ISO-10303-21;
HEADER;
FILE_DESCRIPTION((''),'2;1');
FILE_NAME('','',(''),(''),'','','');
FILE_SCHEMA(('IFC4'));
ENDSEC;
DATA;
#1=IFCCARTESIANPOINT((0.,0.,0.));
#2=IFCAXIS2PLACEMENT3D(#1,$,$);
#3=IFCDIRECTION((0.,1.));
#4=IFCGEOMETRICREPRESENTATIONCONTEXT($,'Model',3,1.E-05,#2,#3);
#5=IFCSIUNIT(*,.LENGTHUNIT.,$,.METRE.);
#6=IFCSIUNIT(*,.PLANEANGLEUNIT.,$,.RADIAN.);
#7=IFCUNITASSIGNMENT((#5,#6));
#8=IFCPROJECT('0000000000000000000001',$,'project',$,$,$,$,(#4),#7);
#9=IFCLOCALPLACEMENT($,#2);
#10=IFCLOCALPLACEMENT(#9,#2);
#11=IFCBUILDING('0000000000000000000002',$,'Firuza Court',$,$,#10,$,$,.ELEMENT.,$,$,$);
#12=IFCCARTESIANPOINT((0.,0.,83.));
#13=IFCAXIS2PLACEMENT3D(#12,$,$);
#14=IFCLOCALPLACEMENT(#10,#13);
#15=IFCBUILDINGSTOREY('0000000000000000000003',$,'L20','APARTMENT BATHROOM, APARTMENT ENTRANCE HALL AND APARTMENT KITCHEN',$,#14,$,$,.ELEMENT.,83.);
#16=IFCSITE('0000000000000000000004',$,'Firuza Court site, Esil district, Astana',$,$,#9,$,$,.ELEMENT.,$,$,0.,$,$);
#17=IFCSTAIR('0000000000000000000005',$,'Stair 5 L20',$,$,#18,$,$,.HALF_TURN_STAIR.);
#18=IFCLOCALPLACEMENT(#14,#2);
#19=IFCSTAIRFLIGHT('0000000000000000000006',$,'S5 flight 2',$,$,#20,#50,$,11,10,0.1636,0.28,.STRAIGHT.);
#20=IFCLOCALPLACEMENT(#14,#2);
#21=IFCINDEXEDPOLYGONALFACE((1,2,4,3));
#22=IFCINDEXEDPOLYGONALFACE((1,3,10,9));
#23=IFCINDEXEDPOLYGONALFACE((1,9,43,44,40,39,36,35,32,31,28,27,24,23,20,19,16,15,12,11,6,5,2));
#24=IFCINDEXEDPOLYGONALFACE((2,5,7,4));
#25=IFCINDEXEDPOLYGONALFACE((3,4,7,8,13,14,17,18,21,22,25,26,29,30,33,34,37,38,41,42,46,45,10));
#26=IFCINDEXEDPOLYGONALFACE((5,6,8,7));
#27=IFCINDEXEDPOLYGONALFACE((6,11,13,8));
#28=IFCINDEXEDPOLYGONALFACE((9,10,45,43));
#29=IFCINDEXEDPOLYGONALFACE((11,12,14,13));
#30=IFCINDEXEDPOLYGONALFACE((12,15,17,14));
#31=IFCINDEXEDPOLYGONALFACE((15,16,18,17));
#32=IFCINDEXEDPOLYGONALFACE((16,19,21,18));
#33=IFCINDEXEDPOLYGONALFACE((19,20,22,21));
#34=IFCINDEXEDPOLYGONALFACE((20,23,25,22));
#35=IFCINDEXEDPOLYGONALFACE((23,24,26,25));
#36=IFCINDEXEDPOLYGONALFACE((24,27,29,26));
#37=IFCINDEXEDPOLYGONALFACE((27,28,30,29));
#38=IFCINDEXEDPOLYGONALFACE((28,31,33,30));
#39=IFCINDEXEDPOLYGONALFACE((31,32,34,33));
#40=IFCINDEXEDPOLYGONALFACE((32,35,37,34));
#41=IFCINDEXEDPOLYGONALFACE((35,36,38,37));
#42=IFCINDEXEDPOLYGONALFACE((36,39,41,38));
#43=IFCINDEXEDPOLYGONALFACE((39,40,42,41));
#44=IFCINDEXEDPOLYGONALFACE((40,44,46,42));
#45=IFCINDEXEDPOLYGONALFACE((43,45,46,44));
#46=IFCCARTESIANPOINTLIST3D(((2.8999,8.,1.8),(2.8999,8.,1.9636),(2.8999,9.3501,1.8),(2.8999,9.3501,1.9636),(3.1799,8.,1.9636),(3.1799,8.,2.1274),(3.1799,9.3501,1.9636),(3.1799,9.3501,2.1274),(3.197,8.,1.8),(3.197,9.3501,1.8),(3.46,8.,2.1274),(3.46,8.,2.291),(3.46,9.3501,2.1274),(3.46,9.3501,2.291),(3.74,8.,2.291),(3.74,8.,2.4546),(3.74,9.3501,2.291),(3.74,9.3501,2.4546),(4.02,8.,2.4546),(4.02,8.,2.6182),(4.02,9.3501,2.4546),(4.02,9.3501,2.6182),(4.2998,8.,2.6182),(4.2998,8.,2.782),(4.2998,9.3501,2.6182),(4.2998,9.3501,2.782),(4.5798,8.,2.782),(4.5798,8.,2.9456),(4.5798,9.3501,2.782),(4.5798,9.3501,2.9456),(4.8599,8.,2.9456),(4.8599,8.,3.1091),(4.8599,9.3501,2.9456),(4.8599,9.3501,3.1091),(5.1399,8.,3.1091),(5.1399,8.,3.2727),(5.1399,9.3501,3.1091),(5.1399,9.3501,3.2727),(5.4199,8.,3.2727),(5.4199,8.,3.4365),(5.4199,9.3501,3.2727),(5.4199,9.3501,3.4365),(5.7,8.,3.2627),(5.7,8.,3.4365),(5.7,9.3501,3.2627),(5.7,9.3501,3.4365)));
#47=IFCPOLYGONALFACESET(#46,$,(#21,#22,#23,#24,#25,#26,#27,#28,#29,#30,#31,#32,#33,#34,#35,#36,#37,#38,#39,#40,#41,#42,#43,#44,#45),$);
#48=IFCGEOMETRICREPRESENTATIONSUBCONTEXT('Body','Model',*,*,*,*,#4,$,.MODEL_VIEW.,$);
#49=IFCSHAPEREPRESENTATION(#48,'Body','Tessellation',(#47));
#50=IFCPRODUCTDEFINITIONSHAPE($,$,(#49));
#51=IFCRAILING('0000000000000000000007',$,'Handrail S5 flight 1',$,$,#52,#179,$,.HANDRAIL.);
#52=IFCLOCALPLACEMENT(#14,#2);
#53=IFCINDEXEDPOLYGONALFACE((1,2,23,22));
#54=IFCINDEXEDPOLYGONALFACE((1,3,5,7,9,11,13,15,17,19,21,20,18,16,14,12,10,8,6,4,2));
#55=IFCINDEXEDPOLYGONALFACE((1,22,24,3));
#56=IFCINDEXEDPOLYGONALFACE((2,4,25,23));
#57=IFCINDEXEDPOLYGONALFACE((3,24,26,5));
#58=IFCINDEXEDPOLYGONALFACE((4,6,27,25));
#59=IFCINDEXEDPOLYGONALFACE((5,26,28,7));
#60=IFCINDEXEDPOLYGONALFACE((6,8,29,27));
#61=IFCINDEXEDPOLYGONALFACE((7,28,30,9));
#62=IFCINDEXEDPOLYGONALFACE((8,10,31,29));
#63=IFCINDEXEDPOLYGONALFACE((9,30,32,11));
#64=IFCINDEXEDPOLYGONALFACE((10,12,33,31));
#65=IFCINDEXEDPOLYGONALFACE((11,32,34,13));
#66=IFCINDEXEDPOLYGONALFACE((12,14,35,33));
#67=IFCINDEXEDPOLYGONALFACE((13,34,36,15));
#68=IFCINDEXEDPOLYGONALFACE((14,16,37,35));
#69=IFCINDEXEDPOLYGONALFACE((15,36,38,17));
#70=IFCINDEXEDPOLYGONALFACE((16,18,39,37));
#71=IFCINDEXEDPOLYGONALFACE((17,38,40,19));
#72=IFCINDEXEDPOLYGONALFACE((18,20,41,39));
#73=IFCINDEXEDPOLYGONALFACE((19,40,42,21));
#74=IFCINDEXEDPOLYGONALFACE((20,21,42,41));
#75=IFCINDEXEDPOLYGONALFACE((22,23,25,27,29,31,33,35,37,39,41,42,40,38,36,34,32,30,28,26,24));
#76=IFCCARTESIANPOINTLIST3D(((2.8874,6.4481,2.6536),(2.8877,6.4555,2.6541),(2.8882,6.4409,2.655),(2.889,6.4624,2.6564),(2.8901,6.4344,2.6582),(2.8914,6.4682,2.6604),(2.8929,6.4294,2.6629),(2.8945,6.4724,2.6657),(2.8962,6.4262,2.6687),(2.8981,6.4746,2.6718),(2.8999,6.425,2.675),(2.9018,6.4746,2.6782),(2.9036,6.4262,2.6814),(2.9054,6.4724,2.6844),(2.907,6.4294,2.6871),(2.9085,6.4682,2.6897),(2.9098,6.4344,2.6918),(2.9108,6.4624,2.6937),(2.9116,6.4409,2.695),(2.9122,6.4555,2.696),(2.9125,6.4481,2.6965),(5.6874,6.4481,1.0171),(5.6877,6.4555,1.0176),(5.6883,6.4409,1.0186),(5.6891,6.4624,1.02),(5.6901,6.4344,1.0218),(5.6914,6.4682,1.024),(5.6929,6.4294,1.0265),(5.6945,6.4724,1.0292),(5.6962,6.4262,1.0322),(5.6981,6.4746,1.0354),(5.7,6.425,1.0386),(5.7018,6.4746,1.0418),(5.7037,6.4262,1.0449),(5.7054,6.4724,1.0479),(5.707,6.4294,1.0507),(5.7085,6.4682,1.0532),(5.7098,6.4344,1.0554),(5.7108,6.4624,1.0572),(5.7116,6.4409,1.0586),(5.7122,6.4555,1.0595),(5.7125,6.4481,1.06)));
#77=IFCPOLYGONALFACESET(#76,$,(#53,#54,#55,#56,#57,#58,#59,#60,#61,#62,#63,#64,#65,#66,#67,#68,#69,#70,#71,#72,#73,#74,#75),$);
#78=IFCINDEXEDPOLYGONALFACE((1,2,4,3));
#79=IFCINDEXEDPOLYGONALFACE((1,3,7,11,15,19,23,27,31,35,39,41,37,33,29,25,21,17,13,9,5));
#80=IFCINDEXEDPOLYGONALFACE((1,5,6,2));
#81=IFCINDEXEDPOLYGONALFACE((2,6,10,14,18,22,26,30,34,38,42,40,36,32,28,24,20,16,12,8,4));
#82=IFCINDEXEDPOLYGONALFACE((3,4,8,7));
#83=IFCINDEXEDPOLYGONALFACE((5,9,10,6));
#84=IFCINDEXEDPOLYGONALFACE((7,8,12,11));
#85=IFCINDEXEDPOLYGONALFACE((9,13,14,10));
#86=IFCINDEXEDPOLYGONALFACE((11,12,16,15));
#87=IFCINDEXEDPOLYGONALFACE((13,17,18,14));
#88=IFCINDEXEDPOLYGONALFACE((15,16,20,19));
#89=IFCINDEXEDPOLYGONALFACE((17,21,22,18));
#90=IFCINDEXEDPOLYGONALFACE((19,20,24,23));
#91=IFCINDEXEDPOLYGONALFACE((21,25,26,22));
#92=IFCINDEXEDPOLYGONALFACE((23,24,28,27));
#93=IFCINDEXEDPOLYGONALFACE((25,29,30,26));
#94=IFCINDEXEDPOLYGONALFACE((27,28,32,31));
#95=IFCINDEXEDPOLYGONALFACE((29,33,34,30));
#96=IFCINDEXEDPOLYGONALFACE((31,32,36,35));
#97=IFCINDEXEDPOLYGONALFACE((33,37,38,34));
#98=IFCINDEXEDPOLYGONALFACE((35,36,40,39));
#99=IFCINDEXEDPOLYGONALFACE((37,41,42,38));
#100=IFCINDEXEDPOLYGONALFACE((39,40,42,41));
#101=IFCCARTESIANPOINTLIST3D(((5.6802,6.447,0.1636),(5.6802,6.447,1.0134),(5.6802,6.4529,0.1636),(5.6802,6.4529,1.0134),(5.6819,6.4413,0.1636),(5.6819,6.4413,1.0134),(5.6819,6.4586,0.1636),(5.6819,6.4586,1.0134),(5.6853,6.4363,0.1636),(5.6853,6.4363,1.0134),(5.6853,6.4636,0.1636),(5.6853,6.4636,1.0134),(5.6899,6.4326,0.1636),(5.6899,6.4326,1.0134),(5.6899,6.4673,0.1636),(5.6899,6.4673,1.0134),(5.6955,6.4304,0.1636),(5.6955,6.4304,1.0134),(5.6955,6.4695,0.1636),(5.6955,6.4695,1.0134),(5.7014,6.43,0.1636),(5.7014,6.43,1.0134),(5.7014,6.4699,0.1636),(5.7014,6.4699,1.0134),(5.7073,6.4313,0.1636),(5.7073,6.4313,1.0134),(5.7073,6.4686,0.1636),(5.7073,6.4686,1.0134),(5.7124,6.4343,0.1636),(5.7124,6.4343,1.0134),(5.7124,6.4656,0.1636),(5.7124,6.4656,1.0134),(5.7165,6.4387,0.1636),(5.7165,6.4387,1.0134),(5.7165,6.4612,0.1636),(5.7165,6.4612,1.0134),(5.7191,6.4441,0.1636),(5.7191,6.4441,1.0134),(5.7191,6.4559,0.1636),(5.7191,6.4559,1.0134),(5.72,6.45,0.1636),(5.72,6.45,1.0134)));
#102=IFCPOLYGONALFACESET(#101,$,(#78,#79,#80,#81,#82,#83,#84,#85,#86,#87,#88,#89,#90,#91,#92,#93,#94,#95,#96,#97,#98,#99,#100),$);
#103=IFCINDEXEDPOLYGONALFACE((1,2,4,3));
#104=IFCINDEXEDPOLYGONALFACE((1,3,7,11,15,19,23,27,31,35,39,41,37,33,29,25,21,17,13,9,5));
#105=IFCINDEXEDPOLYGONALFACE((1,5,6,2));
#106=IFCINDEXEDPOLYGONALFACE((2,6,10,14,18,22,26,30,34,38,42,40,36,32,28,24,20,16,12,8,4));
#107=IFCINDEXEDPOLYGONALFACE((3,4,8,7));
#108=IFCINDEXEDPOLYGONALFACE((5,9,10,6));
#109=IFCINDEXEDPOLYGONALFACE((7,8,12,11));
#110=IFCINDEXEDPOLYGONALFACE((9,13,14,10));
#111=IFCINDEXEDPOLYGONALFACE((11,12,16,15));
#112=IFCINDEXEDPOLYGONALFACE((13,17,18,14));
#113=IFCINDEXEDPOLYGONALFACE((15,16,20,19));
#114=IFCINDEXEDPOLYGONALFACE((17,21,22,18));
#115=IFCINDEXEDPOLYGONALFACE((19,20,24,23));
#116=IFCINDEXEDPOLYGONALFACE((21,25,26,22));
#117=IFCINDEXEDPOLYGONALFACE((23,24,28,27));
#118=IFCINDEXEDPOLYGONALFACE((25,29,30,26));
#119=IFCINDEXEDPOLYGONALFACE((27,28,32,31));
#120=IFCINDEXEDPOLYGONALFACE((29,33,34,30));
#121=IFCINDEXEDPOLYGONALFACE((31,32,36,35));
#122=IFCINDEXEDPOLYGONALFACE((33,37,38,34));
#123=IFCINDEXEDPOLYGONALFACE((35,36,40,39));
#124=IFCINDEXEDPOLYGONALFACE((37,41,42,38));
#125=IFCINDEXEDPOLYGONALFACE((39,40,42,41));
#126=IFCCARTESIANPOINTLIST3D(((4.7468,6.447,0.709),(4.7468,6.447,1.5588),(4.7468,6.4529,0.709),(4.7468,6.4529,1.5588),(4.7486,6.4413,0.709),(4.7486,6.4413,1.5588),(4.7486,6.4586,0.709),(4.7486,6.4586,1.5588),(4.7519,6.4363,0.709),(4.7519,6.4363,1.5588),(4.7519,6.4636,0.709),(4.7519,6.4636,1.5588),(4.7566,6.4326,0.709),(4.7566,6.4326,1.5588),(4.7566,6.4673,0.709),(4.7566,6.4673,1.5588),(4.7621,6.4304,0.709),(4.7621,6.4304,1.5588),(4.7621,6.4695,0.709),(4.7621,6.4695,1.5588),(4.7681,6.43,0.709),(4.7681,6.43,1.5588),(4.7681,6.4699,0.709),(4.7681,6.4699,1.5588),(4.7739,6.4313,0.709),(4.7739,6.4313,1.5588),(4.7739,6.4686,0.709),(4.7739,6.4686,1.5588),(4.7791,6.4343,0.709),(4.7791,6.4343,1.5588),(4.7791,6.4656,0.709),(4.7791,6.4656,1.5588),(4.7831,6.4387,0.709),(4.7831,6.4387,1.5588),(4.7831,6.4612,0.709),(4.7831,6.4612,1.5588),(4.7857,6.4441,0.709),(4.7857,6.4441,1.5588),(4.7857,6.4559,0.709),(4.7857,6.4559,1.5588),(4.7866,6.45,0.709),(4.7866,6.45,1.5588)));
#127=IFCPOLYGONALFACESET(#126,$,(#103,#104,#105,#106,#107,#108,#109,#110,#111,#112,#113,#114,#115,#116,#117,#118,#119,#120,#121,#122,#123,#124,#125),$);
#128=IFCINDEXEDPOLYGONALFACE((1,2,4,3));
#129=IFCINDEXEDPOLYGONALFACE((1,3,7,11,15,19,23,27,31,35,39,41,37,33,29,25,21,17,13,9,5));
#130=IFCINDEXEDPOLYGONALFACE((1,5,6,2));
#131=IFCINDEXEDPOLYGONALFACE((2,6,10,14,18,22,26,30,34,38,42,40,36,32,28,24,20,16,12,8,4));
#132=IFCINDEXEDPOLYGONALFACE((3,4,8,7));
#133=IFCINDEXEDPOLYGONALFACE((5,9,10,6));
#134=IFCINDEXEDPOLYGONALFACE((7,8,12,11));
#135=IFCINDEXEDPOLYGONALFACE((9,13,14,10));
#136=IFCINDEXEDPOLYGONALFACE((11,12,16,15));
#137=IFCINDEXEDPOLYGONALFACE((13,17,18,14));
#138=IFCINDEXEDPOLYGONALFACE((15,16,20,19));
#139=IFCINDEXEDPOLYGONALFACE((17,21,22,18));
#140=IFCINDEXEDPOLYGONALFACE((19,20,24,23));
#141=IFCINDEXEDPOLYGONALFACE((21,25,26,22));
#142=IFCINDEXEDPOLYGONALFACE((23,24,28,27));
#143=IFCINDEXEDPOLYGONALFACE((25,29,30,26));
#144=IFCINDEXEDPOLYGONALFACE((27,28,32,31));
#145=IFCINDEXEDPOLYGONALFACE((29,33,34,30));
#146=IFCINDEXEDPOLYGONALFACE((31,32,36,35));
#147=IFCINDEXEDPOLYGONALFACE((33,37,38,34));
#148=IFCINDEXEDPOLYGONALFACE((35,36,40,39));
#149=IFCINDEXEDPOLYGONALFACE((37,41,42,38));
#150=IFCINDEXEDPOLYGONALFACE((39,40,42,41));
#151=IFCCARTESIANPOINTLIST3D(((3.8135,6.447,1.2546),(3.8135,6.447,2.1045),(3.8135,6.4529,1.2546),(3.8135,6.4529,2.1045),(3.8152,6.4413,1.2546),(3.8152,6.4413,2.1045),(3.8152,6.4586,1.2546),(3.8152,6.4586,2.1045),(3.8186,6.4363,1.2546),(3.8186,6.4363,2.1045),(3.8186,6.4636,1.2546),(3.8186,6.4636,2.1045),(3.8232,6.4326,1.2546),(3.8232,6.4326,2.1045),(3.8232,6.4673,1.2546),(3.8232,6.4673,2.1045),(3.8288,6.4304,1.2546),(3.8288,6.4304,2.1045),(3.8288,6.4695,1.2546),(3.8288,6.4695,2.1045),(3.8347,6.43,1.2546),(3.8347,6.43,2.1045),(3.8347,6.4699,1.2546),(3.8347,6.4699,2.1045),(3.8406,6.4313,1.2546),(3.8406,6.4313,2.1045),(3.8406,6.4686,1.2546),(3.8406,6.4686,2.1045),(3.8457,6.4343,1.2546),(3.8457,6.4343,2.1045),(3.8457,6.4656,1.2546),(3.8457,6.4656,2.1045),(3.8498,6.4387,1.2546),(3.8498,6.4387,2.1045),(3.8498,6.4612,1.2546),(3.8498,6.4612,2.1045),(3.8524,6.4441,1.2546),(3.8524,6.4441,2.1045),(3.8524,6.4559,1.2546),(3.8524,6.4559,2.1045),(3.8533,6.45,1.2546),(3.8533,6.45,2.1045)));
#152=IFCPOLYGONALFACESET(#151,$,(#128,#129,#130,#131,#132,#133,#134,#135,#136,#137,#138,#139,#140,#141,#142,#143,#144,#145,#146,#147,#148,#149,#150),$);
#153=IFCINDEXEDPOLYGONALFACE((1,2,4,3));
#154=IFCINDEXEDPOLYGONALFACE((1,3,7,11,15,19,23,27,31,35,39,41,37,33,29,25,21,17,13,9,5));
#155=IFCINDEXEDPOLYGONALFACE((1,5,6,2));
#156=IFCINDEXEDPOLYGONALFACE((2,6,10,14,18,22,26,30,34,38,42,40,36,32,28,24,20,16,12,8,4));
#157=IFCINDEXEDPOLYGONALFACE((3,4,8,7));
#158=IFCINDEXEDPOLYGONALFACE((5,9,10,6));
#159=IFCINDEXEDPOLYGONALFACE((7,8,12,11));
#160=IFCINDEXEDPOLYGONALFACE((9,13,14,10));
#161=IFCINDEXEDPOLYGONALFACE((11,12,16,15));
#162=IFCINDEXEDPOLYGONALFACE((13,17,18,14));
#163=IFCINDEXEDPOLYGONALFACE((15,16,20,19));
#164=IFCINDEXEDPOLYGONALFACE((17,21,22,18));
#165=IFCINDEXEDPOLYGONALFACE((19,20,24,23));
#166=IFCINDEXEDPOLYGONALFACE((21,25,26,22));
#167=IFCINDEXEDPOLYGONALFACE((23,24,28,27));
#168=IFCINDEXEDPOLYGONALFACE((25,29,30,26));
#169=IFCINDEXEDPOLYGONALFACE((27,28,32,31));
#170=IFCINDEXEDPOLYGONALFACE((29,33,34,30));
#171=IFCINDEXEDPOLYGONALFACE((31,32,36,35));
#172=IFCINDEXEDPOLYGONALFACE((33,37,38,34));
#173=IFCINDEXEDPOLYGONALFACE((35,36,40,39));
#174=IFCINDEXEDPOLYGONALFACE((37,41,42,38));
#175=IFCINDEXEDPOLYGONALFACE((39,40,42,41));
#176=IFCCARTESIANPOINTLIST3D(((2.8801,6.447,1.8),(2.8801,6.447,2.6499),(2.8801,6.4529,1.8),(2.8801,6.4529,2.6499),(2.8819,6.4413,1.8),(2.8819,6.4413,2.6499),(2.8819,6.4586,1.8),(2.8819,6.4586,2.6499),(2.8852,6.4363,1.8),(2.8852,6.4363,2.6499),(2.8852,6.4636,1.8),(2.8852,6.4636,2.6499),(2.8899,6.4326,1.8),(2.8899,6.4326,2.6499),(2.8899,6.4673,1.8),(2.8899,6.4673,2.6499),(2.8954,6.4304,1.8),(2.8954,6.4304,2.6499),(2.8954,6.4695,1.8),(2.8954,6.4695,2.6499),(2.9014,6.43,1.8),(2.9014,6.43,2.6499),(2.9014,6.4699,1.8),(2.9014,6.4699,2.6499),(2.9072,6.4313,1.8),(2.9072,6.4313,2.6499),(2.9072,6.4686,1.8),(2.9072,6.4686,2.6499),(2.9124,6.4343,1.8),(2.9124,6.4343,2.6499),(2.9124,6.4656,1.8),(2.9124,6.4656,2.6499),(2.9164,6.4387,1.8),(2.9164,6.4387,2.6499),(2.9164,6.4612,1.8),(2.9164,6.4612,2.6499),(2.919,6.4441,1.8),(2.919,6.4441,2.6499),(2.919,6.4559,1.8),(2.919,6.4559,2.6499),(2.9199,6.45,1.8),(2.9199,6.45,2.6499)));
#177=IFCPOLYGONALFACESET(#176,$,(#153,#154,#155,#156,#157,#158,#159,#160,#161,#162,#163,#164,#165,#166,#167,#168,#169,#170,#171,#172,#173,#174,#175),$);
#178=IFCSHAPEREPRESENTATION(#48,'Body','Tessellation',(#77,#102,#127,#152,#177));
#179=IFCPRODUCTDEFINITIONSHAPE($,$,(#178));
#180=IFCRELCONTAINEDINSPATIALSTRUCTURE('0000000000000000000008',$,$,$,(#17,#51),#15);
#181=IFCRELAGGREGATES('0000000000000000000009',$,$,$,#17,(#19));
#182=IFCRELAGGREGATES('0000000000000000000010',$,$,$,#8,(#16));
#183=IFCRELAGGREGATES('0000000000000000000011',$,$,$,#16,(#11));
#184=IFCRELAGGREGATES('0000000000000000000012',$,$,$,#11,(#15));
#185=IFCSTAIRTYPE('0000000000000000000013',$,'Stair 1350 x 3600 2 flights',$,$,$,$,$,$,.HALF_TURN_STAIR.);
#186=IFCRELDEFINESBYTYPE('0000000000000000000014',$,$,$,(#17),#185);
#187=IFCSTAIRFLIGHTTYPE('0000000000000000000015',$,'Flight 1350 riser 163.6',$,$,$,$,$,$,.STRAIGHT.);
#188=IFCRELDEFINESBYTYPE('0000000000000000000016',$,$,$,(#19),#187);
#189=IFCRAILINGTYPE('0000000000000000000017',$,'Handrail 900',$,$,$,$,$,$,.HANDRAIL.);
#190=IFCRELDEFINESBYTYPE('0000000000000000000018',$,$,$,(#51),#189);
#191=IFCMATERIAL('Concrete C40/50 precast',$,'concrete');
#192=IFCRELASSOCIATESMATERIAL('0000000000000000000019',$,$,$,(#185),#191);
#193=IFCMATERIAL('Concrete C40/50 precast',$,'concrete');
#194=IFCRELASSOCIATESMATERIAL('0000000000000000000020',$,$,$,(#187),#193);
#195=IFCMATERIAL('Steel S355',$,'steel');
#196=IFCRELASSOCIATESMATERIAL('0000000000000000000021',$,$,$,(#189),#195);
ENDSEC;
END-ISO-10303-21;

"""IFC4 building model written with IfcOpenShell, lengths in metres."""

from ifc_helpers import new_model, si_unit, direction, frame, origin, origin_2d, place, context, subcontext, project, spatial, polyline, circle, outline, extrude, material, type_object, element, aggregate, save


model = new_model("IFC4")

# Units and contexts
model_context = context("Model", 3, precision=1e-05, world=origin(), true_north=direction((0.0, 1.0)))
body_context = subcontext(model_context, "Body", "Model", "MODEL_VIEW")
ifc_project = project(units=[si_unit("LENGTHUNIT", "METRE"), si_unit("PLANEANGLEUNIT", "RADIAN")], contexts=[model_context])

# Site, building, storey
site_placement = place(None, origin())
site = spatial("IfcSite", under=ifc_project, at=site_placement, Name="Firuza Court site, Esil district, Astana", CompositionType="ELEMENT", RefElevation=0.0)
building_placement = place(site_placement, origin())
building = spatial("IfcBuilding", under=site, at=building_placement, Name="Firuza Court", CompositionType="ELEMENT")
storey_placement = place(building_placement, frame((0.0, 0.0, 83.0)))
storey = spatial("IfcBuildingStorey", under=building, at=storey_placement, Name="L20", Description="APARTMENT BATHROOM, APARTMENT ENTRANCE HALL AND APARTMENT KITCHEN", CompositionType="ELEMENT", Elevation=83.0)

# Stair, stair flight
ifc_material_1 = material(Name="Concrete C40/50 precast", Category="concrete")
stair_type = type_object("IfcStairType", Name="Stair 1350 x 3600 2 flights", PredefinedType="HALF_TURN_STAIR", material=ifc_material_1)
stair_placement = place(storey_placement, origin())
stair = element("IfcStair", 1, at=stair_placement, inside=storey, type_object=stair_type, Name="Stair 5 L20", PredefinedType="HALF_TURN_STAIR")
ifc_material_2 = material(Name="Concrete C40/50 precast", Category="concrete")
stair_flight_type = type_object("IfcStairFlightType", Name="Flight 1350 riser 163.6", PredefinedType="STRAIGHT", material=ifc_material_2)
stair_flight_1_placement = place(storey_placement, frame((2.8999, 8.675, 1.8), z_axis=(0.0, 0.0, 1.0), x_axis=(1.0, 0.0, 0.0)))
stair_flight_1 = element("IfcStairFlight", 2, at=stair_flight_1_placement, type_object=stair_flight_type, Name="S5 flight 2", NumberOfRisers=11, NumberOfTreads=10, PredefinedType="STRAIGHT", RiserHeight=0.1636, TreadLength=0.28, context=body_context, shape_type="SweptSolid", body=[
    extrude(outline(polyline([(0.0, 0.0), (0.0, 0.1636), (0.28, 0.1636), (0.28, 0.3274), (0.5601, 0.3274), (0.5601, 0.491), (0.8401, 0.491), (0.8401, 0.6545), (1.1201, 0.6545), (1.1201, 0.8181), (1.3999, 0.8181), (1.3999, 0.9819), (1.6799, 0.9819), (1.6799, 1.1455), (1.96, 1.1455), (1.96, 1.3091), (2.24, 1.3091), (2.24, 1.4727), (2.52, 1.4727), (2.52, 1.6365), (2.8, 1.6365), (2.8, 1.8), (2.8, 1.4626), (0.2971, 0.0), (0.0, 0.0)])), frame((0.0, 0.675, 0.0), z_axis=(0.0, -1.0, 0.0), x_axis=(1.0, 0.0, 0.0)), (0.0, 0.0, 1.0), 1.3501),
])
aggregate(stair, [stair_flight_1])

# Railing
ifc_material_3 = material(Name="Steel S355", Category="steel")
railing_type_1 = type_object("IfcRailingType", Name="Handrail 900", PredefinedType="HANDRAIL", material=ifc_material_3)
railing_1_placement = place(storey_placement, frame((5.7, 6.45, 0.1636)))
element("IfcRailing", 3, at=railing_1_placement, inside=storey, type_object=railing_type_1, Name="Handrail S5 flight 1", PredefinedType="HANDRAIL", context=body_context, shape_type="SweptSolid", body=[
    extrude(circle(Radius=0.0249, at=origin_2d()), frame((0.0, 0.0, 0.875), z_axis=(-0.863361, 0.0, 0.504587), x_axis=(0.0, -1.0, 0.0)), (0.0, 0.0, 1.0), 3.2432),
    extrude(circle(Radius=0.02, at=origin_2d()), origin(), (0.0, 0.0, 1.0), 0.8499),
    extrude(circle(Radius=0.02, at=origin_2d()), frame((-0.9333, 0.0, 0.5454)), (0.0, 0.0, 1.0), 0.8499),
    extrude(circle(Radius=0.02, at=origin_2d()), frame((-1.8667, 0.0, 1.0911)), (0.0, 0.0, 1.0), 0.8499),
    extrude(circle(Radius=0.02, at=origin_2d()), frame((-2.8, 0.0, 1.6365)), (0.0, 0.0, 1.0), 0.8499),
])

save(model, "model.ifc")
